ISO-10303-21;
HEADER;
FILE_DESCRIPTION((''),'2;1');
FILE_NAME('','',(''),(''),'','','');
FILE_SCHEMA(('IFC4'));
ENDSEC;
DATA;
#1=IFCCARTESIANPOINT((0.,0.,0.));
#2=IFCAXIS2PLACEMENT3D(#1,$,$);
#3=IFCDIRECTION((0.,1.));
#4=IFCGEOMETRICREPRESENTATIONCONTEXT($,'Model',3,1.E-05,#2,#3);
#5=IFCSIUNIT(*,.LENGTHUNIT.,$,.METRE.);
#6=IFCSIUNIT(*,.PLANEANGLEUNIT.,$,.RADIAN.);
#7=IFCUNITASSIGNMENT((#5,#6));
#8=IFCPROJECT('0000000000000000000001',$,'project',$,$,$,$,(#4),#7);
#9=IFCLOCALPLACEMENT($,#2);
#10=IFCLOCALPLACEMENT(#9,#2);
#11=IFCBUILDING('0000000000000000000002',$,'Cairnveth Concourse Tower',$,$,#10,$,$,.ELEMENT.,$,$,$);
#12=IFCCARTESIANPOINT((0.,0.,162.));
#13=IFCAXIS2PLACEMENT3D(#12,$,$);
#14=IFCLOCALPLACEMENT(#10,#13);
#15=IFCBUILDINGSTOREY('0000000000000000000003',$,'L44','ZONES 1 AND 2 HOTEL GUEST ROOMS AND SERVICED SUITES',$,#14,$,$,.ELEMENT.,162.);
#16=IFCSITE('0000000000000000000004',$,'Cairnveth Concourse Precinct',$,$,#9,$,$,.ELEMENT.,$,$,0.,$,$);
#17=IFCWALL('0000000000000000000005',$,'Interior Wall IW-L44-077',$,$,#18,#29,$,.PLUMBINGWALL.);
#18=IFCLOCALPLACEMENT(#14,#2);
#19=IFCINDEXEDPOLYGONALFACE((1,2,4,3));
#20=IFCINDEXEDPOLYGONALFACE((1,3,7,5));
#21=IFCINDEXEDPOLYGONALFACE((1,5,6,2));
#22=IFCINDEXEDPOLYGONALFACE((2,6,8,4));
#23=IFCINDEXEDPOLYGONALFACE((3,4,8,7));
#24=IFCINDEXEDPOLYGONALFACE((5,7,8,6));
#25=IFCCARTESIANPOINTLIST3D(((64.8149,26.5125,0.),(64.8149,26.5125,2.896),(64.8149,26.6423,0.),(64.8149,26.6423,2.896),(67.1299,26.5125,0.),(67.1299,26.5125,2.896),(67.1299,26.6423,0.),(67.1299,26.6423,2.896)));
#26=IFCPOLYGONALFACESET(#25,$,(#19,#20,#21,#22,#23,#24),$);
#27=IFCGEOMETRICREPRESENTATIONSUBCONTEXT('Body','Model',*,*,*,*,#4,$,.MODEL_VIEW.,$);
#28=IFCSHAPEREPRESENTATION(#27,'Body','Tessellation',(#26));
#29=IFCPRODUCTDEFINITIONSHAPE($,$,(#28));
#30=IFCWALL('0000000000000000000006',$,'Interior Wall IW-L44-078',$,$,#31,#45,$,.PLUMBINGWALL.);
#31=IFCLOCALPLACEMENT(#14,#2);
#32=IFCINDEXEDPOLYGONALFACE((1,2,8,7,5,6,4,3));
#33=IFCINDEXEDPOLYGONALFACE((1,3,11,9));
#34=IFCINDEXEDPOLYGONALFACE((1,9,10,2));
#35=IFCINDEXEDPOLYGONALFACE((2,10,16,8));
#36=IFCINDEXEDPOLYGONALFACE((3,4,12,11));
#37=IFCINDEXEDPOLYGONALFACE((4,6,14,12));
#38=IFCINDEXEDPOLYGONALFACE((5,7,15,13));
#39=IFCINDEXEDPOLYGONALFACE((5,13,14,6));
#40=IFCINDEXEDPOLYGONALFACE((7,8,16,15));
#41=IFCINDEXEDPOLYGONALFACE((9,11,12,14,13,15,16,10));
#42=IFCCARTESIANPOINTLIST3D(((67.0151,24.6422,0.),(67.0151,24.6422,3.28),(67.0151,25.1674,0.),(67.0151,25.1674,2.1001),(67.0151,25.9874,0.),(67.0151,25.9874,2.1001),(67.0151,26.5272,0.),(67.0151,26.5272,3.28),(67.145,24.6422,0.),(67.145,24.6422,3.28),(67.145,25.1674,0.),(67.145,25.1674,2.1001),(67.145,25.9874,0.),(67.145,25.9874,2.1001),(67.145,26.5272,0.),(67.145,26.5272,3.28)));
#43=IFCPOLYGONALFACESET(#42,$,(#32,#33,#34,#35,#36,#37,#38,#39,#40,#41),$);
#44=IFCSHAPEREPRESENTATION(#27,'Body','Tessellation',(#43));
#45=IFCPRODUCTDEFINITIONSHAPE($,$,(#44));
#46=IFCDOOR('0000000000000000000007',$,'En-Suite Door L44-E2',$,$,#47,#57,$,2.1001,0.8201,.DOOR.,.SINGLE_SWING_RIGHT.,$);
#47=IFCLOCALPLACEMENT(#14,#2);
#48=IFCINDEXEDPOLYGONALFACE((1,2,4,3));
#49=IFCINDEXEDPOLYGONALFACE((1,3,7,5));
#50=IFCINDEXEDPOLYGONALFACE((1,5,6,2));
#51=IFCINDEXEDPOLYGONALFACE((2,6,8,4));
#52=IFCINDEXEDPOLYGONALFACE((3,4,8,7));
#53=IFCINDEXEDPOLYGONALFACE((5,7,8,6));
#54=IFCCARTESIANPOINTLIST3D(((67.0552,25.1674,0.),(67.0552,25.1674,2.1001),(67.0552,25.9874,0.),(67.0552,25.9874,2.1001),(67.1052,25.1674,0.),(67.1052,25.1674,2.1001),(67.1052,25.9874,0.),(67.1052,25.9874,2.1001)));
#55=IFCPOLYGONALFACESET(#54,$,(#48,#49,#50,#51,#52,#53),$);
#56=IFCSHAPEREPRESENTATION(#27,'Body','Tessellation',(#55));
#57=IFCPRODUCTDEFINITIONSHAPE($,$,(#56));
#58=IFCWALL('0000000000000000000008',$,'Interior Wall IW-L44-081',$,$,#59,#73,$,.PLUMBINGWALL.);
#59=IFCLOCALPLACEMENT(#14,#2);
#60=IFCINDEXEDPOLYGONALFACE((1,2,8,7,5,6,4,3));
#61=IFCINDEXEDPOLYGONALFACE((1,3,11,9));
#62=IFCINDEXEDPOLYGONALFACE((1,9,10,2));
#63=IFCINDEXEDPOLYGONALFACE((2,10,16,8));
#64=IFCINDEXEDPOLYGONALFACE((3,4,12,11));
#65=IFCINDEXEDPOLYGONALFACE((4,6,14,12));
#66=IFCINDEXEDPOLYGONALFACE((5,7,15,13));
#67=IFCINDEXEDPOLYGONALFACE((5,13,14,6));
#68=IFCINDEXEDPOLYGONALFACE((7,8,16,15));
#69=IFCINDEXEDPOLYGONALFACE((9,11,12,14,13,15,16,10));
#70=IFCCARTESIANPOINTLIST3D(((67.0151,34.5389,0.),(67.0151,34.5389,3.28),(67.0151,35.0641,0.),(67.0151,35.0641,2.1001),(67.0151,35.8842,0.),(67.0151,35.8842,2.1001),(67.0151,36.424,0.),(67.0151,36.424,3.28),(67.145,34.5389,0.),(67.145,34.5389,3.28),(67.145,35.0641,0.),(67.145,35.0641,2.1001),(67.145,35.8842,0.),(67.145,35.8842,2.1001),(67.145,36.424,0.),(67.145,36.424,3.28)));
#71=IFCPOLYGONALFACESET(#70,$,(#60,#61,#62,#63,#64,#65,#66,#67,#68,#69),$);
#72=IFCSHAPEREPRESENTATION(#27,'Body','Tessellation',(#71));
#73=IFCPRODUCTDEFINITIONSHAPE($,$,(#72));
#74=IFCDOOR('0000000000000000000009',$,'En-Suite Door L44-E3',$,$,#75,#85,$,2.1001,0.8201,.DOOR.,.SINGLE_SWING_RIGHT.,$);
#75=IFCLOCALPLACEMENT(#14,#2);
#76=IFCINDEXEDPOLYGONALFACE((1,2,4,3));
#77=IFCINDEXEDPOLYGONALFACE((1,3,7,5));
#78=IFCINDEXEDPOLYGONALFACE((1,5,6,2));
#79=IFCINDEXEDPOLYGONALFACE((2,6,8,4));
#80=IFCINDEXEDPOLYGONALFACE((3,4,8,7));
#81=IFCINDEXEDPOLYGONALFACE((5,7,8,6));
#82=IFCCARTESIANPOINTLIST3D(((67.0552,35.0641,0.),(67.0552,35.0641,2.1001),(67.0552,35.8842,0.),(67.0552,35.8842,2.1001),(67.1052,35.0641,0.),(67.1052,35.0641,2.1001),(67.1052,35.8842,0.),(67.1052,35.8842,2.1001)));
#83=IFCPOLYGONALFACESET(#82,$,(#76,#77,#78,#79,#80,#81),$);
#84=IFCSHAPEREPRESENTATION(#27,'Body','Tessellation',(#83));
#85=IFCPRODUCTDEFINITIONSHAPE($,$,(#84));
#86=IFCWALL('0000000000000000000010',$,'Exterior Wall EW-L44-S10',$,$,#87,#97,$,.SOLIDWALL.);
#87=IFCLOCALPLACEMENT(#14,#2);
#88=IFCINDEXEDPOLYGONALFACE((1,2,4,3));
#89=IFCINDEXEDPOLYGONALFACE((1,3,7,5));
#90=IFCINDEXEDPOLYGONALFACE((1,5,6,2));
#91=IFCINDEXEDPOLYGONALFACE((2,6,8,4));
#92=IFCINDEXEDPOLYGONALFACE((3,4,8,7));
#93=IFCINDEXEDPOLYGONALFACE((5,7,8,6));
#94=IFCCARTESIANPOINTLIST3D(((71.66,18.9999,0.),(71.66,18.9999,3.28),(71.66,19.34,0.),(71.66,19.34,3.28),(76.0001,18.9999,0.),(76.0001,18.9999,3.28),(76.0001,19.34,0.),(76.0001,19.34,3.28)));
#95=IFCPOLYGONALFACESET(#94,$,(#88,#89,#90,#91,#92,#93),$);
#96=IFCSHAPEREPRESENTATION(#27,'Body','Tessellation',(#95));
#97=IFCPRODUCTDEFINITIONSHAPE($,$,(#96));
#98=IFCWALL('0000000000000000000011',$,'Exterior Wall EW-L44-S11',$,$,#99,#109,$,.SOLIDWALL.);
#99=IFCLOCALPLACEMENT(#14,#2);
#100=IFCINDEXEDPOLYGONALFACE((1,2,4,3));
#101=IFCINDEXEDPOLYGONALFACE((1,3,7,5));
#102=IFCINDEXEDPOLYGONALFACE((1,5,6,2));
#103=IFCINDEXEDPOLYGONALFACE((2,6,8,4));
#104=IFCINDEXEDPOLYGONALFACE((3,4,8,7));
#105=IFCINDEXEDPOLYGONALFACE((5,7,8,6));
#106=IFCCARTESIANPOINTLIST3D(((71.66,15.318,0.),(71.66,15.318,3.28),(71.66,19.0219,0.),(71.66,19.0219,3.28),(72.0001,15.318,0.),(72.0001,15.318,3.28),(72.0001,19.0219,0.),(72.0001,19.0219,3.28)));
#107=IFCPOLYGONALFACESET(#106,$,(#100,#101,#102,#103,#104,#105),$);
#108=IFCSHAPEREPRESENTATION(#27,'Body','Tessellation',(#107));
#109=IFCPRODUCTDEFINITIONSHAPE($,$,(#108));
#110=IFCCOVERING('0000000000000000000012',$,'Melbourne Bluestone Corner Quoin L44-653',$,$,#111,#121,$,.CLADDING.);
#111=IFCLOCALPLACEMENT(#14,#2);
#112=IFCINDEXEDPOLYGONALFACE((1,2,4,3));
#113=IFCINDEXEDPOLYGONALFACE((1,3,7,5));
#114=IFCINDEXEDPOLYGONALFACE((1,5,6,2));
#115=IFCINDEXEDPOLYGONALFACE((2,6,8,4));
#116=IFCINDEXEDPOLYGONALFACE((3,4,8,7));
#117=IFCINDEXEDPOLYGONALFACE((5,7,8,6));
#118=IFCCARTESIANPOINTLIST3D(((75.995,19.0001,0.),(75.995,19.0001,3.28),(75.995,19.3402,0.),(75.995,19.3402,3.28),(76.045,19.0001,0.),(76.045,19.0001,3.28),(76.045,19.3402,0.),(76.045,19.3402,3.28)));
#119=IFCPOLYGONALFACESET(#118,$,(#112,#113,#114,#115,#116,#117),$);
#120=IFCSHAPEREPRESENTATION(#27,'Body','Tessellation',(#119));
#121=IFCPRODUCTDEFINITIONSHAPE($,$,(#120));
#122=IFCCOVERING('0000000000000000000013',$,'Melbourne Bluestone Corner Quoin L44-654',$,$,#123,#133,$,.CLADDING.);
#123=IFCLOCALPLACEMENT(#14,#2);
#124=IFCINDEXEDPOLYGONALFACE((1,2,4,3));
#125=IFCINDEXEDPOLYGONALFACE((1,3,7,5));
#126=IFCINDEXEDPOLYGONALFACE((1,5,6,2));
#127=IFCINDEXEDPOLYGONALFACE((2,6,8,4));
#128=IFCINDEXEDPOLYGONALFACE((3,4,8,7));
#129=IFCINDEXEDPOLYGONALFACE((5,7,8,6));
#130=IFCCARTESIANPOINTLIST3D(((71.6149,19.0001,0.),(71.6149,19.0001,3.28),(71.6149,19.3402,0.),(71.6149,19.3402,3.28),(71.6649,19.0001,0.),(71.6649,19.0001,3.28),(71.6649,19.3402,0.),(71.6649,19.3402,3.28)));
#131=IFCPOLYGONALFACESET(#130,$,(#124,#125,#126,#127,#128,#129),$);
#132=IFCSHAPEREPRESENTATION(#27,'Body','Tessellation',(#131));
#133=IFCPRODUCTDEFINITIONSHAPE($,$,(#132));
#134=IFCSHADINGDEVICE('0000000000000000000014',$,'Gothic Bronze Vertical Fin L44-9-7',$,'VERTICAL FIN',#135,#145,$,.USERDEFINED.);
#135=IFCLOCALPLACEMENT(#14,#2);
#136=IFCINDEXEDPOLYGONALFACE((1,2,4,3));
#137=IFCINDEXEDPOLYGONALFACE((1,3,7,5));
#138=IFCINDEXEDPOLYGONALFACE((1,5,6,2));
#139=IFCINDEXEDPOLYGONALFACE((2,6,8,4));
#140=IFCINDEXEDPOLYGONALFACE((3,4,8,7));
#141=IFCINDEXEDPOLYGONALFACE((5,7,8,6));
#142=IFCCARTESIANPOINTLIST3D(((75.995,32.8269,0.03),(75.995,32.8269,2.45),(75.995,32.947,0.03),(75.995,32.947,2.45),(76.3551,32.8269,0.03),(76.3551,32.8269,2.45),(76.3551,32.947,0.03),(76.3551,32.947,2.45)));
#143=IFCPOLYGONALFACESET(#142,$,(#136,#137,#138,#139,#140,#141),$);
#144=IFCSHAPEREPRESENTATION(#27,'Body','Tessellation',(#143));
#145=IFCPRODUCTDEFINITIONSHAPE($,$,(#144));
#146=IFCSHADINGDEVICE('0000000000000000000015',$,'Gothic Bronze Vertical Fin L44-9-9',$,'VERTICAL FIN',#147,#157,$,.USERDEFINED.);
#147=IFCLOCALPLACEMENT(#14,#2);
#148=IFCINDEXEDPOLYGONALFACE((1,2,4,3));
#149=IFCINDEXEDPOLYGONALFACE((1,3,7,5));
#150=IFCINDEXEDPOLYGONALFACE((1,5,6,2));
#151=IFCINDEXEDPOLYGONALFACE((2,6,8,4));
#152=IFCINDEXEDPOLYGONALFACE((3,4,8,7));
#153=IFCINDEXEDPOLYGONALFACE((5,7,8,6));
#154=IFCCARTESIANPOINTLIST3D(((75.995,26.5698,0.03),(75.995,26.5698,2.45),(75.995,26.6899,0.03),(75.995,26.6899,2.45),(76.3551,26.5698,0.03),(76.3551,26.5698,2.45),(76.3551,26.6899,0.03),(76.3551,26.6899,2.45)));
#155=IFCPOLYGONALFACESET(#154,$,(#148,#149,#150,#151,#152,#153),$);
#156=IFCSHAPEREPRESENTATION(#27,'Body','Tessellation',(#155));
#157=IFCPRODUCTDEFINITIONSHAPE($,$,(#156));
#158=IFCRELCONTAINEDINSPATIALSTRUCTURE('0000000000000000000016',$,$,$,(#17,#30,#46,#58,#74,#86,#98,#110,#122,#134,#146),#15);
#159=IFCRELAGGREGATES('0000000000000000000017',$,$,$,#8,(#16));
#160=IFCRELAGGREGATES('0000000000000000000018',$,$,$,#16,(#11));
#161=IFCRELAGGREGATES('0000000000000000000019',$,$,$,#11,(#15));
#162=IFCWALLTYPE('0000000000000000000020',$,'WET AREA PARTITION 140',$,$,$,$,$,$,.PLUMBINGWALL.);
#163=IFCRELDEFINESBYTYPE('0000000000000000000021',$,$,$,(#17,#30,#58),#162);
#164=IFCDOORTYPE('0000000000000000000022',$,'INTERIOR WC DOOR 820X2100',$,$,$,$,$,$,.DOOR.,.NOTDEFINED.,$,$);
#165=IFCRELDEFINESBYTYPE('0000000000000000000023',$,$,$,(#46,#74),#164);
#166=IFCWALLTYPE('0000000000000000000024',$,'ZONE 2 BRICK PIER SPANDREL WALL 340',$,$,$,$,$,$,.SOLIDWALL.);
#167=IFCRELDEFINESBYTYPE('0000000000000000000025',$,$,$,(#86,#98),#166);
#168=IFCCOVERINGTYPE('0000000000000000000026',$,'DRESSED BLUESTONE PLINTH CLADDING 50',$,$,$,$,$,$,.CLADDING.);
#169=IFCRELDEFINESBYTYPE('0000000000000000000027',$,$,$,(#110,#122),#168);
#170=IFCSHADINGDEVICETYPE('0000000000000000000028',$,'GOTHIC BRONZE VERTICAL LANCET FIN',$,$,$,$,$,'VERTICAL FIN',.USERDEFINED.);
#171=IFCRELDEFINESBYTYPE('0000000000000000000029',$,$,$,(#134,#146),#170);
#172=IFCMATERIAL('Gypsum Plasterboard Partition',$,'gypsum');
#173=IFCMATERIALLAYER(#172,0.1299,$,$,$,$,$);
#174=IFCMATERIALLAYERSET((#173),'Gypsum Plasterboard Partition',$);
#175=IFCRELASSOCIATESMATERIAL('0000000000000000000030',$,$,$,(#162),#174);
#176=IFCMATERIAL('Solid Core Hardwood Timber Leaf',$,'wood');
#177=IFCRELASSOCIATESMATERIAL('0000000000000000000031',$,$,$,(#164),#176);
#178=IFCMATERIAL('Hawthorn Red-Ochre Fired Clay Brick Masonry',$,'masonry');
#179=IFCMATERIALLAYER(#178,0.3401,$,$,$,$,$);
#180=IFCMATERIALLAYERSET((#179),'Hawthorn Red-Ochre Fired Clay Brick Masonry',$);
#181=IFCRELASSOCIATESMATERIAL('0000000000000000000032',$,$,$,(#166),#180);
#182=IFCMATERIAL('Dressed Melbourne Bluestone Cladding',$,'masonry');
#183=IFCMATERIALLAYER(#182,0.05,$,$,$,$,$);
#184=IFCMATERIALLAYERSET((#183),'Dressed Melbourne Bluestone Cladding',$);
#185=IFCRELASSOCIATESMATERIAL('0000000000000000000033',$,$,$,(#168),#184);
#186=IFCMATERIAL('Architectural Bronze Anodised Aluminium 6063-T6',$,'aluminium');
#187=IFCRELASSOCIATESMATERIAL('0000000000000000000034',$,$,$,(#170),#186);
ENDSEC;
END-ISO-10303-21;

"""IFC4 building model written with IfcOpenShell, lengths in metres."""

from ifc_helpers import new_model, si_unit, direction, frame, frame_2d, origin, origin_2d, place, context, subcontext, project, spatial, rectangle, extrude, material, layer, layer_set, type_object, element, fill, save


model = new_model("IFC4")

# Units and contexts
model_context = context("Model", 3, precision=1e-05, world=origin(), true_north=direction((0.0, 1.0)))
body_context = subcontext(model_context, "Body", "Model", "MODEL_VIEW")
ifc_project = project(units=[si_unit("LENGTHUNIT", "METRE"), si_unit("PLANEANGLEUNIT", "RADIAN")], contexts=[model_context])

# Site, building, storey
site_placement = place(None, origin())
site = spatial("IfcSite", under=ifc_project, at=site_placement, Name="Cairnveth Concourse Precinct", CompositionType="ELEMENT", RefElevation=0.0)
building_placement = place(site_placement, origin())
building = spatial("IfcBuilding", under=site, at=building_placement, Name="Cairnveth Concourse Tower", CompositionType="ELEMENT")
storey_placement = place(building_placement, frame((0.0, 0.0, 162.0)))
storey = spatial("IfcBuildingStorey", under=building, at=storey_placement, Name="L44", Description="ZONES 1 AND 2 HOTEL GUEST ROOMS AND SERVICED SUITES", CompositionType="ELEMENT", Elevation=162.0)

# Wall
ifc_material_1 = material(Name="Gypsum Plasterboard Partition", Category="gypsum")
ifc_layer_1 = layer(ifc_material_1, 0.1299)
ifc_layer_set_1 = layer_set([ifc_layer_1], Name="Gypsum Plasterboard Partition")
wall_type_1 = type_object("IfcWallType", Name="WET AREA PARTITION 140", PredefinedType="PLUMBINGWALL", material=ifc_layer_set_1)
wall_1_placement = place(storey_placement, frame((64.8149, 26.5774, 0.0), z_axis=(0.0, 0.0, 1.0), x_axis=(1.0, 0.0, 0.0)))
element("IfcWall", 1, at=wall_1_placement, inside=storey, type_object=wall_type_1, Name="Interior Wall IW-L44-077", PredefinedType="PLUMBINGWALL", context=body_context, shape_type="SweptSolid", body=[
    extrude(rectangle(XDim=2.3149, YDim=0.1299, at=frame_2d((1.1575, 0.0))), origin(), (0.0, 0.0, 1.0), 2.896),
])

# Walls, openings, doors
wall_2_placement = place(storey_placement, frame((67.0801, 24.6423, 0.0), z_axis=(0.0, 0.0, 1.0), x_axis=(0.0, 1.0, 0.0)))
wall_2 = element("IfcWall", 2, at=wall_2_placement, inside=storey, type_object=wall_type_1, Name="Interior Wall IW-L44-078", PredefinedType="PLUMBINGWALL", context=body_context, shape_type="SweptSolid", body=[
    extrude(rectangle(XDim=1.885, YDim=0.1299, at=frame_2d((0.9424, 0.0))), origin(), (0.0, 0.0, 1.0), 3.28),
])
opening_1_placement = place(wall_2_placement, frame((0.5249, 0.0, 0.0)))
opening_1 = element("IfcOpeningElement", 3, at=opening_1_placement, cuts=wall_2, PredefinedType="OPENING", context=body_context, shape_type="SweptSolid", body=[
    extrude(rectangle(XDim=0.8201, YDim=2.1001, at=frame_2d((0.4102, 1.05))), frame((0.0, 0.075, 0.0), z_axis=(0.0, -1.0, 0.0), x_axis=(1.0, 0.0, 0.0)), (0.0, 0.0, 1.0), 0.1499),
])
ifc_material_2 = material(Name="Solid Core Hardwood Timber Leaf", Category="wood")
door_type = type_object("IfcDoorType", Name="INTERIOR WC DOOR 820X2100", OperationType="NOTDEFINED", PredefinedType="DOOR", material=ifc_material_2)
door_1_placement = place(opening_1_placement, origin())
door_1 = element("IfcDoor", 4, at=door_1_placement, inside=storey, type_object=door_type, Name="En-Suite Door L44-E2", OperationType="SINGLE_SWING_RIGHT", OverallHeight=2.1001, OverallWidth=0.8201, PredefinedType="DOOR", context=body_context, shape_type="SweptSolid", body=[
    extrude(rectangle(XDim=0.8201, YDim=2.1001, at=frame_2d((0.4102, 1.05))), frame((0.0, 0.0249, 0.0), z_axis=(0.0, -1.0, 0.0), x_axis=(1.0, 0.0, 0.0)), (0.0, 0.0, 1.0), 0.05),
])
fill(opening_1, door_1)
wall_3_placement = place(storey_placement, frame((67.0801, 34.5391, 0.0), z_axis=(0.0, 0.0, 1.0), x_axis=(0.0, 1.0, 0.0)))
wall_3 = element("IfcWall", 5, at=wall_3_placement, inside=storey, type_object=wall_type_1, Name="Interior Wall IW-L44-081", PredefinedType="PLUMBINGWALL", context=body_context, shape_type="SweptSolid", body=[
    extrude(rectangle(XDim=1.885, YDim=0.1299, at=frame_2d((0.9424, 0.0))), origin(), (0.0, 0.0, 1.0), 3.28),
])
opening_2_placement = place(wall_3_placement, frame((0.5249, 0.0, 0.0)))
opening_2 = element("IfcOpeningElement", 6, at=opening_2_placement, cuts=wall_3, PredefinedType="OPENING", context=body_context, shape_type="SweptSolid", body=[
    extrude(rectangle(XDim=0.8201, YDim=2.1001, at=frame_2d((0.4102, 1.05))), frame((0.0, 0.075, 0.0), z_axis=(0.0, -1.0, 0.0), x_axis=(1.0, 0.0, 0.0)), (0.0, 0.0, 1.0), 0.1499),
])
door_2_placement = place(opening_2_placement, origin())
door_2 = element("IfcDoor", 7, at=door_2_placement, inside=storey, type_object=door_type, Name="En-Suite Door L44-E3", OperationType="SINGLE_SWING_RIGHT", OverallHeight=2.1001, OverallWidth=0.8201, PredefinedType="DOOR", context=body_context, shape_type="SweptSolid", body=[
    extrude(rectangle(XDim=0.8201, YDim=2.1001, at=frame_2d((0.4102, 1.05))), frame((0.0, 0.0249, 0.0), z_axis=(0.0, -1.0, 0.0), x_axis=(1.0, 0.0, 0.0)), (0.0, 0.0, 1.0), 0.05),
])
fill(opening_2, door_2)

# Walls
ifc_material_3 = material(Name="Hawthorn Red-Ochre Fired Clay Brick Masonry", Category="masonry")
ifc_layer_2 = layer(ifc_material_3, 0.3401)
ifc_layer_set_2 = layer_set([ifc_layer_2], Name="Hawthorn Red-Ochre Fired Clay Brick Masonry")
wall_type_2 = type_object("IfcWallType", Name="ZONE 2 BRICK PIER SPANDREL WALL 340", PredefinedType="SOLIDWALL", material=ifc_layer_set_2)
wall_4_placement = place(storey_placement, frame((76.0, 19.1699, 0.0), z_axis=(0.0, 0.0, 1.0), x_axis=(-1.0, 0.0, 0.0)))
element("IfcWall", 8, at=wall_4_placement, inside=storey, type_object=wall_type_2, Name="Exterior Wall EW-L44-S10", PredefinedType="SOLIDWALL", context=body_context, shape_type="SweptSolid", body=[
    extrude(rectangle(XDim=4.3401, YDim=0.3401, at=frame_2d((2.1699, 0.0))), origin(), (0.0, 0.0, 1.0), 3.28),
])
wall_5_placement = place(storey_placement, frame((71.8301, 19.022, 0.0), z_axis=(0.0, 0.0, 1.0), x_axis=(0.0, -1.0, 0.0)))
element("IfcWall", 9, at=wall_5_placement, inside=storey, type_object=wall_type_2, Name="Exterior Wall EW-L44-S11", PredefinedType="SOLIDWALL", context=body_context, shape_type="SweptSolid", body=[
    extrude(rectangle(XDim=3.7039, YDim=0.3401, at=frame_2d((1.8521, 0.0))), origin(), (0.0, 0.0, 1.0), 3.28),
])

# Coverings
ifc_material_4 = material(Name="Dressed Melbourne Bluestone Cladding", Category="masonry")
ifc_layer_3 = layer(ifc_material_4, 0.05)
ifc_layer_set_3 = layer_set([ifc_layer_3], Name="Dressed Melbourne Bluestone Cladding")
covering_type = type_object("IfcCoveringType", Name="DRESSED BLUESTONE PLINTH CLADDING 50", PredefinedType="CLADDING", material=ifc_layer_set_3)
for number, where, z_axis, x_axis, name in (
    (10, (76.02, 19.3401, 0.0), (0.0, 0.0, 1.0), (0.0, -1.0, 0.0), "Melbourne Bluestone Corner Quoin L44-653"),
    (11, (71.6399, 19.3401, 0.0), (0.0, 0.0, 1.0), (0.0, -1.0, 0.0), "Melbourne Bluestone Corner Quoin L44-654"),
):
    element("IfcCovering", number, at=place(storey_placement, frame(where, z_axis=z_axis, x_axis=x_axis)), inside=storey, type_object=covering_type, Name=name, PredefinedType="CLADDING", context=body_context, shape_type="SweptSolid", body=[
        extrude(rectangle(XDim=0.3401, YDim=0.05, at=frame_2d((0.1699, 0.0))), origin(), (0.0, 0.0, 1.0), 3.28),
    ])

# Shading devices
ifc_material_5 = material(Name="Architectural Bronze Anodised Aluminium 6063-T6", Category="aluminium")
shading_device_type = type_object("IfcShadingDeviceType", Name="GOTHIC BRONZE VERTICAL LANCET FIN", ElementType="VERTICAL FIN", PredefinedType="USERDEFINED", material=ifc_material_5)
for number, where, z_axis, x_axis, name in (
    (12, (76.175, 32.887, 0.03), (0.0, 0.0, 1.0), (0.0, 1.0, 0.0), "Gothic Bronze Vertical Fin L44-9-7"),
    (13, (76.175, 26.6299, 0.03), (0.0, 0.0, 1.0), (0.0, 1.0, 0.0), "Gothic Bronze Vertical Fin L44-9-9"),
):
    element("IfcShadingDevice", number, at=place(storey_placement, frame(where, z_axis=z_axis, x_axis=x_axis)), inside=storey, type_object=shading_device_type, Name=name, ObjectType="VERTICAL FIN", PredefinedType="USERDEFINED", context=body_context, shape_type="SweptSolid", body=[
        extrude(rectangle(XDim=0.1201, YDim=0.3601, at=origin_2d()), origin(), (0.0, 0.0, 1.0), 2.4199),
    ])

save(model, "model.ifc")
